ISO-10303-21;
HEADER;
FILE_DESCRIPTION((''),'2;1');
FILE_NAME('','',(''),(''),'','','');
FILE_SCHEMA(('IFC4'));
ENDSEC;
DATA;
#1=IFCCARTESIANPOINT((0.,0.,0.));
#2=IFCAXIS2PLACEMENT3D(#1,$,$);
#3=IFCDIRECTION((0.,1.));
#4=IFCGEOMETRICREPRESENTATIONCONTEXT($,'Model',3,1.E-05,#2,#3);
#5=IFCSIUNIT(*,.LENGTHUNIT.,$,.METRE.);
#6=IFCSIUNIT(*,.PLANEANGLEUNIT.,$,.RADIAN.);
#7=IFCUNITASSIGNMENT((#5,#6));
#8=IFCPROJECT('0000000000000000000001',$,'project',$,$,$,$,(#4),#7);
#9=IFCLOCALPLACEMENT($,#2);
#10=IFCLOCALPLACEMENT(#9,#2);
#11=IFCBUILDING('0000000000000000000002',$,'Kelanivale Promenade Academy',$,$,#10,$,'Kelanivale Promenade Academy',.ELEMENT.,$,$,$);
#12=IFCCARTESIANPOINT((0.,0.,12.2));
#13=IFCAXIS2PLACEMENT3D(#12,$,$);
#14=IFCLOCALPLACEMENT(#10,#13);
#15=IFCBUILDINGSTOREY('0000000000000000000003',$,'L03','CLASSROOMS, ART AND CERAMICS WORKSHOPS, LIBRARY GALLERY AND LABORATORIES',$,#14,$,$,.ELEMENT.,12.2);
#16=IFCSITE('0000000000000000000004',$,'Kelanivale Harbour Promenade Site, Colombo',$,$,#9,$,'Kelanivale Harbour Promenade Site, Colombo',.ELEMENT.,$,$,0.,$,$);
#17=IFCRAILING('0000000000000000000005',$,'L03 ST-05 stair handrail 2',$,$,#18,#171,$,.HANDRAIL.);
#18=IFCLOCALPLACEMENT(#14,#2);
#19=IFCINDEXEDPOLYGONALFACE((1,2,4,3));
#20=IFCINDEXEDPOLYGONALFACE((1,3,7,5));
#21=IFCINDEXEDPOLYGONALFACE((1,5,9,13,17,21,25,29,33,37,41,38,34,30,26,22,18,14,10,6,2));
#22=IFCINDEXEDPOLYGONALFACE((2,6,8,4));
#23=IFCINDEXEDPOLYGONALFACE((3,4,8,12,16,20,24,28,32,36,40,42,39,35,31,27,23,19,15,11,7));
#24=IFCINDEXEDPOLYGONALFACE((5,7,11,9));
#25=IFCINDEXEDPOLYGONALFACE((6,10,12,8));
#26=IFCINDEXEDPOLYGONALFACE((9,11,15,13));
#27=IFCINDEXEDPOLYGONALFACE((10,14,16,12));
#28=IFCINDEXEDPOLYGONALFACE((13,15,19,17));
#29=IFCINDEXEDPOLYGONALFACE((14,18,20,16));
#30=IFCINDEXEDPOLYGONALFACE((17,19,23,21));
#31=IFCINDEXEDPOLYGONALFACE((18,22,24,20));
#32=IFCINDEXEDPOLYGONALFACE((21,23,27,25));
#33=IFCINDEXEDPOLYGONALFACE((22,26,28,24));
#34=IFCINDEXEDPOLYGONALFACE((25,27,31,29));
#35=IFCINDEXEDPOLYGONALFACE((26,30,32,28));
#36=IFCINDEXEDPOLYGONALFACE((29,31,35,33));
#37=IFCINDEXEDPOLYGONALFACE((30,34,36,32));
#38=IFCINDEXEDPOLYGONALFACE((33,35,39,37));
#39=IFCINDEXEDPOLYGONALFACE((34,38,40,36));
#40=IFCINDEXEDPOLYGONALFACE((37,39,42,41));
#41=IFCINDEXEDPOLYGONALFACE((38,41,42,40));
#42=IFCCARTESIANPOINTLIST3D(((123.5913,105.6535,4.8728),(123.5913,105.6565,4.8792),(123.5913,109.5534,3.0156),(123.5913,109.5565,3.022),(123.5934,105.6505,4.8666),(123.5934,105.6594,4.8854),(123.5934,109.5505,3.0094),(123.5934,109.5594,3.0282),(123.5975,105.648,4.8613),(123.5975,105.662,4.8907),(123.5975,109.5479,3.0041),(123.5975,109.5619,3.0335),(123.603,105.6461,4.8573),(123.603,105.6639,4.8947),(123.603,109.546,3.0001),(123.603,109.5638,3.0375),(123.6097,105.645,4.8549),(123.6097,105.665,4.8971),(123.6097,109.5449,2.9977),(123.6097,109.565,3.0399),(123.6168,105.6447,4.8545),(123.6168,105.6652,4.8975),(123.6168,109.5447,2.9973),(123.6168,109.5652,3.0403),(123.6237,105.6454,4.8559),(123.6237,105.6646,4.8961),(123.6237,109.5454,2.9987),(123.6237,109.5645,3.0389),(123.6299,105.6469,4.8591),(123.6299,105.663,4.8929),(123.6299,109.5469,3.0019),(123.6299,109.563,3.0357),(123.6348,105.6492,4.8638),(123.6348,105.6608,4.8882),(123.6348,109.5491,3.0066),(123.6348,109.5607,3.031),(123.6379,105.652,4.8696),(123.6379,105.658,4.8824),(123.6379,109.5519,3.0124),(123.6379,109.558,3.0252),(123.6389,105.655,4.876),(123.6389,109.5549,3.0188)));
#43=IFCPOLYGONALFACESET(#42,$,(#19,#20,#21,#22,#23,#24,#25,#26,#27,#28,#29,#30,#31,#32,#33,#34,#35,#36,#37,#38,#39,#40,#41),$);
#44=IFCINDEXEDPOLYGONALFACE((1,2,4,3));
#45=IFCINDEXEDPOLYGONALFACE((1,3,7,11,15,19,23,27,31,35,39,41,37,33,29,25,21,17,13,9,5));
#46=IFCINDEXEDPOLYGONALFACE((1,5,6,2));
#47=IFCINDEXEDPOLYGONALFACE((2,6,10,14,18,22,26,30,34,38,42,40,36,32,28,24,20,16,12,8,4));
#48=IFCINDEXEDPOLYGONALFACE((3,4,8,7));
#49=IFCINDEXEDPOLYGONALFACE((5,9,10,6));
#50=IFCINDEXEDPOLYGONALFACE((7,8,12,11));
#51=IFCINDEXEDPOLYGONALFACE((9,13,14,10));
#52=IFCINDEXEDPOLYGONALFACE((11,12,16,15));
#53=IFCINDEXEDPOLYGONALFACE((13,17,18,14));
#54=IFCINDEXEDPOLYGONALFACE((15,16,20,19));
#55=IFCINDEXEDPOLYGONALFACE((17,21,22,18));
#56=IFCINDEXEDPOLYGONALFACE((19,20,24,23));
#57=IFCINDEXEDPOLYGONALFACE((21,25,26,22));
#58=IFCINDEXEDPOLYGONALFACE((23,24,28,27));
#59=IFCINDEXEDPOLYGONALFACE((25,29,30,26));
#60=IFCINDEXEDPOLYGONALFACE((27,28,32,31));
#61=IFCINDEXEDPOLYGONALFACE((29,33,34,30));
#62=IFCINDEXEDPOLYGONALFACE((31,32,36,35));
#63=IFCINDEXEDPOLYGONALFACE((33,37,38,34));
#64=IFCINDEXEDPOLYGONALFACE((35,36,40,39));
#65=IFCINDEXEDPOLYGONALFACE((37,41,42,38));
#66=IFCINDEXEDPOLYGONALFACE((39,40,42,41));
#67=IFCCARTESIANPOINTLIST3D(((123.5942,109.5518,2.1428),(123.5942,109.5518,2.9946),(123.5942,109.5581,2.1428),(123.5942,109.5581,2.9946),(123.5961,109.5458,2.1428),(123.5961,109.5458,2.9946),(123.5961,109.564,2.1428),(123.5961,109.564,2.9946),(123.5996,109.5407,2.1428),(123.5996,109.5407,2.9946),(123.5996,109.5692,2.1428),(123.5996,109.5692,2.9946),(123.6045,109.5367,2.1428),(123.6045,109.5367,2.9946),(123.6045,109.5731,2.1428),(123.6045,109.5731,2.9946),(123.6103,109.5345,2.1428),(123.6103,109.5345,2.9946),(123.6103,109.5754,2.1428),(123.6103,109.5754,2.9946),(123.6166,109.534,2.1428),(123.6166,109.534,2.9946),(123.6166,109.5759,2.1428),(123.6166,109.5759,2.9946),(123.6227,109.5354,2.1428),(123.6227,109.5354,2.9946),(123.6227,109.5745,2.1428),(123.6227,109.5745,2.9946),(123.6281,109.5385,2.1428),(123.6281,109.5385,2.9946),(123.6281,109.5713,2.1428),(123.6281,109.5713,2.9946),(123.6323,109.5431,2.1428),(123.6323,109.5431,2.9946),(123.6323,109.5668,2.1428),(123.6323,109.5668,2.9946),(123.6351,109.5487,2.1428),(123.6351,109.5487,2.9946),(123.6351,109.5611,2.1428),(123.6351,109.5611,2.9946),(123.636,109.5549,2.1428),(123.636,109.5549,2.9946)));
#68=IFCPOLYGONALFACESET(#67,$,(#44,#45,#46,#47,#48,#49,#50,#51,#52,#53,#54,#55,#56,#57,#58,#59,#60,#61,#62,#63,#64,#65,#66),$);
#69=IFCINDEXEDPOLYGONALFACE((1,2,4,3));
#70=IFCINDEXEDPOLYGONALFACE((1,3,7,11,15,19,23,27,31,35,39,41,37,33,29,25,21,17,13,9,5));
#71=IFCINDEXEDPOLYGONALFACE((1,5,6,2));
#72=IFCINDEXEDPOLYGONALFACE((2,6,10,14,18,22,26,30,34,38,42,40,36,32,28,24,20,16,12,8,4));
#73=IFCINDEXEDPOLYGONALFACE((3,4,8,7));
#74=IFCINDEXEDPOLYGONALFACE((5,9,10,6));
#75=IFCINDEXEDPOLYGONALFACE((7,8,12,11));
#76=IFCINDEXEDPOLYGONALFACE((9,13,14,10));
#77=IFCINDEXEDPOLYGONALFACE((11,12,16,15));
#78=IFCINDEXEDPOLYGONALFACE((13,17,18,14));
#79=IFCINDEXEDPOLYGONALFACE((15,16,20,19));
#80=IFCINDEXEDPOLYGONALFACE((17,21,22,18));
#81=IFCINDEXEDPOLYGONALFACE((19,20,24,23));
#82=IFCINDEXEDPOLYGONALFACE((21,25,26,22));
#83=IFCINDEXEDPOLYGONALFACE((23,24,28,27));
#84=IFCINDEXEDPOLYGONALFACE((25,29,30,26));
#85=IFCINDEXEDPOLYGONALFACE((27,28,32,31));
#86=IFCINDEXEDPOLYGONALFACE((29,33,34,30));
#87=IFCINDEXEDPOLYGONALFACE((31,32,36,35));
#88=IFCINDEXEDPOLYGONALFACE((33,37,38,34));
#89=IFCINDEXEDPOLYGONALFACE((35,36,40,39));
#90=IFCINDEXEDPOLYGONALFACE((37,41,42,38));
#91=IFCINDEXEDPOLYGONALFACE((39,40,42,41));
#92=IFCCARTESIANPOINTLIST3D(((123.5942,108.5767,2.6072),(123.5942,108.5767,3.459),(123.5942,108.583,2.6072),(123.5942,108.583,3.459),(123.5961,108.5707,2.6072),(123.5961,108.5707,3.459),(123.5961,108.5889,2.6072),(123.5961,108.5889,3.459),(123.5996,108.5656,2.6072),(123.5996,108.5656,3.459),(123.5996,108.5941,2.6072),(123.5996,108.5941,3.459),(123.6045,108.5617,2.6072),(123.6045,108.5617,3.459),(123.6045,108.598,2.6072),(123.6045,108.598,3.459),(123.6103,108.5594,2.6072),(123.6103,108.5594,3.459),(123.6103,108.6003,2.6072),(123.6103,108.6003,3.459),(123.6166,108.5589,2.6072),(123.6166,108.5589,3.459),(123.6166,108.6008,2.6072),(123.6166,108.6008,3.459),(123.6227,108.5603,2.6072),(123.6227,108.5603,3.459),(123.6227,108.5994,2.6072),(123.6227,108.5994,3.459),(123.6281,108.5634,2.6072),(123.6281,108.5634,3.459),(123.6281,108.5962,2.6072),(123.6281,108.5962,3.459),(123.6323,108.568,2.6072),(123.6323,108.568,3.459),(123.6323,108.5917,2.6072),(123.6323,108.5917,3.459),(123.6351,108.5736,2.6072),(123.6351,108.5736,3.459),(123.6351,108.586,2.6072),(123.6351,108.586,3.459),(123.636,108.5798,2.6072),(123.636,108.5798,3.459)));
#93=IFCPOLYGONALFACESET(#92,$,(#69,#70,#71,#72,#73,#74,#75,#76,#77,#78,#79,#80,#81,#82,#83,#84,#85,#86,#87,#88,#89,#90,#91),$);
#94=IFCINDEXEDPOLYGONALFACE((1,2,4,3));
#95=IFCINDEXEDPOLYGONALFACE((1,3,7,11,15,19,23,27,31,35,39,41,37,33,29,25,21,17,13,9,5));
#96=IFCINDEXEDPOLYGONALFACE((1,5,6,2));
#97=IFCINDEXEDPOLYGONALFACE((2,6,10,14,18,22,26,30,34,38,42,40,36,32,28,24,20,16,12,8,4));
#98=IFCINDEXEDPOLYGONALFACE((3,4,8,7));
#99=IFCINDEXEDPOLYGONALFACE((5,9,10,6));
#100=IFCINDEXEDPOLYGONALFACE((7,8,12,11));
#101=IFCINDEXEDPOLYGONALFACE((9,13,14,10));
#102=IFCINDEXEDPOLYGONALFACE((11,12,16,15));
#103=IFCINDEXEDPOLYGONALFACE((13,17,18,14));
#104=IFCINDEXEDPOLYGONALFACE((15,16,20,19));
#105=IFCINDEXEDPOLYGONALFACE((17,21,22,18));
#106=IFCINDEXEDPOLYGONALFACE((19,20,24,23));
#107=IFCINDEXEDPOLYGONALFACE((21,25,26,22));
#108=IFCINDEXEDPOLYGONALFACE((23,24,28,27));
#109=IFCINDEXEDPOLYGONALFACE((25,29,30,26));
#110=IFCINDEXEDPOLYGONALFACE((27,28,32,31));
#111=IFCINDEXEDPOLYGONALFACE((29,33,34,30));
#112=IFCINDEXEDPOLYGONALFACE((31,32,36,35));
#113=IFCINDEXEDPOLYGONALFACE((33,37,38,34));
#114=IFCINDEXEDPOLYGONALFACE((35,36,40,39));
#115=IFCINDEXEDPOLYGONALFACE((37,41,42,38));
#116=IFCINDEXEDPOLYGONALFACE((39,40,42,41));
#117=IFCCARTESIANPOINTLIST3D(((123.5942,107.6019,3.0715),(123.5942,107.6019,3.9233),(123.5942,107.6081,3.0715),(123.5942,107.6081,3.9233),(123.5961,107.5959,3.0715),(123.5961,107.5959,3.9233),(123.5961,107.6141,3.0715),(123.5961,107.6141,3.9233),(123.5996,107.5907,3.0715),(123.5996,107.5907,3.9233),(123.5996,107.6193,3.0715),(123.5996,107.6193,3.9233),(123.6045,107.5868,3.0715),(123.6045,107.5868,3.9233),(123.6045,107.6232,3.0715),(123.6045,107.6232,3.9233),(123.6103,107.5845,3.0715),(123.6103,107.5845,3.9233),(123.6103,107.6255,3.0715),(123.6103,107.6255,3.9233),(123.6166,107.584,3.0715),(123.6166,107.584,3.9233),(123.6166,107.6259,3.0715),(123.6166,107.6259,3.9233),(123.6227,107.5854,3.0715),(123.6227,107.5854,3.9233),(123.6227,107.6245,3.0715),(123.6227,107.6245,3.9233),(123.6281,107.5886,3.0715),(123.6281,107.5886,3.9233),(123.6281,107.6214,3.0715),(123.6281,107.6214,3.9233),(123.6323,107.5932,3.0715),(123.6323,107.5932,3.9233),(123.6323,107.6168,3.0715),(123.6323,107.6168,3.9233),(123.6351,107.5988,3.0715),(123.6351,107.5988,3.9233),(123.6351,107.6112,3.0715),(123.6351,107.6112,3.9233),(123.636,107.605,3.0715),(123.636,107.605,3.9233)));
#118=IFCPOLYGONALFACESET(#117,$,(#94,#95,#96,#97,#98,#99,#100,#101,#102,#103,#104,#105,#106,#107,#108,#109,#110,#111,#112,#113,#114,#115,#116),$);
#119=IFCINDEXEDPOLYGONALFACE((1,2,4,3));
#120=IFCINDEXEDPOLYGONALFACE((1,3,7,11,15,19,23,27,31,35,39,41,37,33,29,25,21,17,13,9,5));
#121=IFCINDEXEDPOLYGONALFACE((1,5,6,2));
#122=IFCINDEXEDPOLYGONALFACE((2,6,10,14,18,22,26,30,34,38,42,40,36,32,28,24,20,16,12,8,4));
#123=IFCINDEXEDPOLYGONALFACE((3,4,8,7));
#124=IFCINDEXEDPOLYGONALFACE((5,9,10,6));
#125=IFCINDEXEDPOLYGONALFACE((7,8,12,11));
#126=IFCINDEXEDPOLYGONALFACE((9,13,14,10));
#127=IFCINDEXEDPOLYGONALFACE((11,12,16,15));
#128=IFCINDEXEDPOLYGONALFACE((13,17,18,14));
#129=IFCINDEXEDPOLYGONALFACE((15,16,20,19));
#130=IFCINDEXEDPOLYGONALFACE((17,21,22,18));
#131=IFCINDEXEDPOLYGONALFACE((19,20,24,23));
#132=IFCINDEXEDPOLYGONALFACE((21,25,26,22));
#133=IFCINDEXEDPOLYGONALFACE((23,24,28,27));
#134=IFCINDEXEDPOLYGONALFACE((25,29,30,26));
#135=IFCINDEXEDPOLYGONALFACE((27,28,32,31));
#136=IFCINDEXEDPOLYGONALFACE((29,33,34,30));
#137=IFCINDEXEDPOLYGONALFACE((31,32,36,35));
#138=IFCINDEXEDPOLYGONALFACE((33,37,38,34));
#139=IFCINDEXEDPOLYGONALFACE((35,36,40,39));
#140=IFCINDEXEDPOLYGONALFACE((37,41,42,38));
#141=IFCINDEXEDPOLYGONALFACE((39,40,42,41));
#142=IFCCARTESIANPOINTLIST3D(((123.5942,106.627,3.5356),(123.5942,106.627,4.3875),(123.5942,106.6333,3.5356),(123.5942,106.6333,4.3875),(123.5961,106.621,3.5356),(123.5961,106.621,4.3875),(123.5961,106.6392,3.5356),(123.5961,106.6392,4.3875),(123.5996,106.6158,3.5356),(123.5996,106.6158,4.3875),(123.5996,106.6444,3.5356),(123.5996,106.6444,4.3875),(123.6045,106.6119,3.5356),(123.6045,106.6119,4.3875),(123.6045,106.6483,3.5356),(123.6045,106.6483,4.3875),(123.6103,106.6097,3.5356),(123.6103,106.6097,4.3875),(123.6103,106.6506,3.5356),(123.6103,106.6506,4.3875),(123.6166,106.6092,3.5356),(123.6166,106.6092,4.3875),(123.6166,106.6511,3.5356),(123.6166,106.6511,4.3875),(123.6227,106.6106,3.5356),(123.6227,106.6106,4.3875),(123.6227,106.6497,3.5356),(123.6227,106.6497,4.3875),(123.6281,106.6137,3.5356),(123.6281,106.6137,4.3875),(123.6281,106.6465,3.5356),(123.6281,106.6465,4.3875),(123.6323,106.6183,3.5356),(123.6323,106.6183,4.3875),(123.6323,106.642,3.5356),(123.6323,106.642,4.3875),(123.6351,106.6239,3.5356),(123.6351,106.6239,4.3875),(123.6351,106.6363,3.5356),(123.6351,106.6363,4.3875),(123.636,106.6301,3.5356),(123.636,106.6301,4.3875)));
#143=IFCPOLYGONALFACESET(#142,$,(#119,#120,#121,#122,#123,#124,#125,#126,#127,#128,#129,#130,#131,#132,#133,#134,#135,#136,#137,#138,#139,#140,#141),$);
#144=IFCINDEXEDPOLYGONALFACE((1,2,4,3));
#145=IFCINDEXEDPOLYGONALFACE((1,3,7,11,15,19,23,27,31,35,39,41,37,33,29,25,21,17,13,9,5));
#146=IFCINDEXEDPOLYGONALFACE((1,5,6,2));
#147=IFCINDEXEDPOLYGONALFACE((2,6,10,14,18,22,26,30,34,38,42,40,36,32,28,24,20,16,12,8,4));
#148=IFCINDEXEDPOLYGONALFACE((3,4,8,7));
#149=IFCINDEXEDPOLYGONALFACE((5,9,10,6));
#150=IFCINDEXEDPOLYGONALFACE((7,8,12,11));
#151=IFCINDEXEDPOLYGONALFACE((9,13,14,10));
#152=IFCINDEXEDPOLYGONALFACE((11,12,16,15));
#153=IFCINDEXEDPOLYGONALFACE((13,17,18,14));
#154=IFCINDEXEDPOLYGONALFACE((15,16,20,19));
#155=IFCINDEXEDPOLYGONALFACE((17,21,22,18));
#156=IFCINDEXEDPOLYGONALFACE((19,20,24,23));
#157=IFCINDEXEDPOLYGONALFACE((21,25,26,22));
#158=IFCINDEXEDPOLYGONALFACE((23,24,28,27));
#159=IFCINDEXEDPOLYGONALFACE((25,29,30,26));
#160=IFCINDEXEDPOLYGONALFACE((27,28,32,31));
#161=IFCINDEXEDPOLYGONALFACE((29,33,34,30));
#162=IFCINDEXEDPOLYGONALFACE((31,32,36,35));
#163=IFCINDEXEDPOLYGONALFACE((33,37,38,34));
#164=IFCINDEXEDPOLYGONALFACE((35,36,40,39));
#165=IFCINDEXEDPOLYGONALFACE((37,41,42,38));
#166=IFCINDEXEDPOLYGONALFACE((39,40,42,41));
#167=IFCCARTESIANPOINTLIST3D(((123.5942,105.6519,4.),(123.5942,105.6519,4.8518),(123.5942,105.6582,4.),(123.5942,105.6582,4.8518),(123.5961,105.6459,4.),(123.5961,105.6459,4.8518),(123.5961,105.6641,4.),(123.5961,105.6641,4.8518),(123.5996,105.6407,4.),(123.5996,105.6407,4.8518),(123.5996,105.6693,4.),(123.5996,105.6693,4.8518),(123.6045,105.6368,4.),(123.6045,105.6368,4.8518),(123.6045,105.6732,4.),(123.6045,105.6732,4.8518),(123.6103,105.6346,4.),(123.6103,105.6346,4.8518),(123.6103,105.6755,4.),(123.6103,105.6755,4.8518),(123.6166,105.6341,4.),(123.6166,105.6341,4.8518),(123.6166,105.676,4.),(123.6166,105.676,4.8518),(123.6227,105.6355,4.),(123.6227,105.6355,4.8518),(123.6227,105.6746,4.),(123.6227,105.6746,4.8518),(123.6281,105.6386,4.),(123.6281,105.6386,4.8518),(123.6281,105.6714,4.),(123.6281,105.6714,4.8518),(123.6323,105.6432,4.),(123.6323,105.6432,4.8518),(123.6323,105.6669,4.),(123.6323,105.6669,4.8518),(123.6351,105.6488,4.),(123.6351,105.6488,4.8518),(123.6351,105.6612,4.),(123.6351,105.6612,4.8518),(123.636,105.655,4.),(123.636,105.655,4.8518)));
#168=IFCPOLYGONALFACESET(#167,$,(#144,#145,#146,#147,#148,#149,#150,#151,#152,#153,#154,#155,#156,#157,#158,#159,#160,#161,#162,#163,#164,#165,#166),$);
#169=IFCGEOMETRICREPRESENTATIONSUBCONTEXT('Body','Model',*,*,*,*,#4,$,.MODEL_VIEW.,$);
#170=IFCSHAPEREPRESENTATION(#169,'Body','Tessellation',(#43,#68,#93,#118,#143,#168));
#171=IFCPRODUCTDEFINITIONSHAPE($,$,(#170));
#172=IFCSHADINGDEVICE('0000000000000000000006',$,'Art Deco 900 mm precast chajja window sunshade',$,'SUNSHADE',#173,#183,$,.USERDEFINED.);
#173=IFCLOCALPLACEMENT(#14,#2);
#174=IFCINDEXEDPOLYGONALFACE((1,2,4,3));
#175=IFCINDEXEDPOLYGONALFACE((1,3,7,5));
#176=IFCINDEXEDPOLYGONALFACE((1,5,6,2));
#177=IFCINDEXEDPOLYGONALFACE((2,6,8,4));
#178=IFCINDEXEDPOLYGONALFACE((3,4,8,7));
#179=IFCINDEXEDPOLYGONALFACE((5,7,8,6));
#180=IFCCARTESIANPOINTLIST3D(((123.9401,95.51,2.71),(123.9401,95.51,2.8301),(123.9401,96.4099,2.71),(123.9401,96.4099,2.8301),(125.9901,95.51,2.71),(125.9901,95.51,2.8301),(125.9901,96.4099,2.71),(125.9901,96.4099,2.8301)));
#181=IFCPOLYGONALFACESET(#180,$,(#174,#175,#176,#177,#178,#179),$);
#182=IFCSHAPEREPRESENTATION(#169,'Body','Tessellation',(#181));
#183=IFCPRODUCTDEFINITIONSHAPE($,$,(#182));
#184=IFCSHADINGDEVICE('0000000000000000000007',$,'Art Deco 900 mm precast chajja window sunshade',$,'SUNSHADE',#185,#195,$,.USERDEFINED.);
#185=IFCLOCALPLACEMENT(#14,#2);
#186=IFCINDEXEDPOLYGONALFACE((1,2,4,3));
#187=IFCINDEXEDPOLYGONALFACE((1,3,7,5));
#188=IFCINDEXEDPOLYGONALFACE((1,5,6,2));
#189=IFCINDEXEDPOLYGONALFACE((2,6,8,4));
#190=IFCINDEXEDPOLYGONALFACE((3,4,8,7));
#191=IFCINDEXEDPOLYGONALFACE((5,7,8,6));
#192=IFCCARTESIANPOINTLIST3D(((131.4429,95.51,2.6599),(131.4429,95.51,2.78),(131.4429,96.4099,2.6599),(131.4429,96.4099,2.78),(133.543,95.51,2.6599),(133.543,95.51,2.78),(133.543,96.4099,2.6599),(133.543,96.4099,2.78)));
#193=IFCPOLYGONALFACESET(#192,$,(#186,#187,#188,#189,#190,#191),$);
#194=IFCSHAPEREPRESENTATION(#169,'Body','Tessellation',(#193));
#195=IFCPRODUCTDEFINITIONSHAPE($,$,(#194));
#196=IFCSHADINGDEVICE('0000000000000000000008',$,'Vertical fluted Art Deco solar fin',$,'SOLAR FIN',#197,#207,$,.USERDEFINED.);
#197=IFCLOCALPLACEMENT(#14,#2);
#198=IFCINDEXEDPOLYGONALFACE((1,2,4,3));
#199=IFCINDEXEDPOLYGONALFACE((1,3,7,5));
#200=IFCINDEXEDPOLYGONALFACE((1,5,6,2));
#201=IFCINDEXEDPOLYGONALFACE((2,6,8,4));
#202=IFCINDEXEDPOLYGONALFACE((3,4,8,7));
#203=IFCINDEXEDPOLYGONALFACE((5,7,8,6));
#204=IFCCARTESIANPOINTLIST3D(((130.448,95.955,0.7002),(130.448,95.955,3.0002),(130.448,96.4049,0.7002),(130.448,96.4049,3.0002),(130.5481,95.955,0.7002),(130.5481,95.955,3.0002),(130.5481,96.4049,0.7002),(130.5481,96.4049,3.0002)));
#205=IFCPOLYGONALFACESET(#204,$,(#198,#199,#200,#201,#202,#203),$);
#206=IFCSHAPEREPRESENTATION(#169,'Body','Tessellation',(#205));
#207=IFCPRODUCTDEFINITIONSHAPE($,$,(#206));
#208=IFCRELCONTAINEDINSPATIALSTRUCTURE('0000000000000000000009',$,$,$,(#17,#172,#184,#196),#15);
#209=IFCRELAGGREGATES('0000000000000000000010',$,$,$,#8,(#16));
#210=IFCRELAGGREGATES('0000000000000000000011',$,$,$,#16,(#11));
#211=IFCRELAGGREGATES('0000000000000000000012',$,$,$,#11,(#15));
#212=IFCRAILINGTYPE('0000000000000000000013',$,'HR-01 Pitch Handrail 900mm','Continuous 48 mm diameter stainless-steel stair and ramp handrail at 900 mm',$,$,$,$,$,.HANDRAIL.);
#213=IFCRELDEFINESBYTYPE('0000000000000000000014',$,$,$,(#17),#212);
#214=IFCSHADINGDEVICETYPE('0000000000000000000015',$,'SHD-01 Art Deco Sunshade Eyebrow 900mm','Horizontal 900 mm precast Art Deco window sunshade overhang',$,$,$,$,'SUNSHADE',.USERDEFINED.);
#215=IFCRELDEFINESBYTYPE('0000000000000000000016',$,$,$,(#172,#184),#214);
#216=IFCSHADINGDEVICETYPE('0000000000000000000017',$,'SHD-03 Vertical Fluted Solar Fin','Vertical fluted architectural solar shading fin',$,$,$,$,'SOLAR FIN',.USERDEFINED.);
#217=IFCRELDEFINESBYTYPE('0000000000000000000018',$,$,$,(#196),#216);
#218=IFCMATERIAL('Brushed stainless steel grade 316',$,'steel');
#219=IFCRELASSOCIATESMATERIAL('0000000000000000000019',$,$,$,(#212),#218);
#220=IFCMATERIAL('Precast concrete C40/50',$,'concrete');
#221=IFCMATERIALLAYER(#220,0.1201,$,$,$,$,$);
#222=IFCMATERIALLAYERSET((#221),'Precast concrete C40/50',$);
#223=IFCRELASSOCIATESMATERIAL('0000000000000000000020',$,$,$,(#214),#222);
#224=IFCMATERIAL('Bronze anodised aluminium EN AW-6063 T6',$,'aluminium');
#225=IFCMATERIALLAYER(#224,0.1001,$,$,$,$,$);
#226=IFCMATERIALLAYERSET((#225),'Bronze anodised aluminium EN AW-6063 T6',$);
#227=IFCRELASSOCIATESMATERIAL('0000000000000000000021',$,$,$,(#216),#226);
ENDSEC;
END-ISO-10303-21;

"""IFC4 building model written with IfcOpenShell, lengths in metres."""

from ifc_helpers import new_model, si_unit, direction, frame, origin, origin_2d, place, context, subcontext, project, spatial, rectangle, circle, extrude, material, layer, layer_set, type_object, element, save


model = new_model("IFC4")

# Units and contexts
model_context = context("Model", 3, precision=1e-05, world=origin(), true_north=direction((0.0, 1.0)))
body_context = subcontext(model_context, "Body", "Model", "MODEL_VIEW")
ifc_project = project(units=[si_unit("LENGTHUNIT", "METRE"), si_unit("PLANEANGLEUNIT", "RADIAN")], contexts=[model_context])

# Site, building, storey
site_placement = place(None, origin())
site = spatial("IfcSite", under=ifc_project, at=site_placement, Name="Kelanivale Harbour Promenade Site, Colombo", LongName="Kelanivale Harbour Promenade Site, Colombo", CompositionType="ELEMENT", RefElevation=0.0)
building_placement = place(site_placement, origin())
building = spatial("IfcBuilding", under=site, at=building_placement, Name="Kelanivale Promenade Academy", LongName="Kelanivale Promenade Academy", CompositionType="ELEMENT")
storey_placement = place(building_placement, frame((0.0, 0.0, 12.2)))
storey = spatial("IfcBuildingStorey", under=building, at=storey_placement, Name="L03", Description="CLASSROOMS, ART AND CERAMICS WORKSHOPS, LIBRARY GALLERY AND LABORATORIES", CompositionType="ELEMENT", Elevation=12.2)

# Railing
ifc_material_1 = material(Name="Brushed stainless steel grade 316", Category="steel")
railing_type_1 = type_object("IfcRailingType", Name="HR-01 Pitch Handrail 900mm", Description="Continuous 48 mm diameter stainless-steel stair and ramp handrail at 900 mm", PredefinedType="HANDRAIL", material=ifc_material_1)
railing_1_placement = place(storey_placement, frame((123.615, 109.5549, 2.1428)))
element("IfcRailing", 1, at=railing_1_placement, inside=storey, type_object=railing_type_1, Name="L03 ST-05 stair handrail 2", PredefinedType="HANDRAIL", context=body_context, shape_type="SweptSolid", body=[
    extrude(circle(Radius=0.0239, at=origin_2d()), frame((0.0, 0.0, 0.876), z_axis=(0.0, -0.902853, 0.429949), x_axis=(1.0, 0.0, 0.0)), (0.0, 0.0, 1.0), 4.3196),
    extrude(circle(Radius=0.021, at=origin_2d()), origin(), (0.0, 0.0, 1.0), 0.8518),
    extrude(circle(Radius=0.021, at=origin_2d()), frame((0.0, -0.9751, 0.4644)), (0.0, 0.0, 1.0), 0.8518),
    extrude(circle(Radius=0.021, at=origin_2d()), frame((0.0, -1.95, 0.9287)), (0.0, 0.0, 1.0), 0.8518),
    extrude(circle(Radius=0.021, at=origin_2d()), frame((0.0, -2.9248, 1.3928)), (0.0, 0.0, 1.0), 0.8518),
    extrude(circle(Radius=0.021, at=origin_2d()), frame((0.0, -3.8999, 1.8572)), (0.0, 0.0, 1.0), 0.8518),
])

# Shading devices
ifc_material_2 = material(Name="Precast concrete C40/50", Category="concrete")
ifc_layer_1 = layer(ifc_material_2, 0.1201)
ifc_layer_set_1 = layer_set([ifc_layer_1], Name="Precast concrete C40/50")
shading_device_type_1 = type_object("IfcShadingDeviceType", Name="SHD-01 Art Deco Sunshade Eyebrow 900mm", Description="Horizontal 900 mm precast Art Deco window sunshade overhang", ElementType="SUNSHADE", PredefinedType="USERDEFINED", material=ifc_layer_set_1)
shading_device_1_placement = place(storey_placement, frame((124.9651, 95.96, 2.71), z_axis=(0.0, 0.0, 1.0), x_axis=(1.0, 0.0, 0.0)))
element("IfcShadingDevice", 2, at=shading_device_1_placement, inside=storey, type_object=shading_device_type_1, Name="Art Deco 900 mm precast chajja window sunshade", ObjectType="SUNSHADE", PredefinedType="USERDEFINED", context=body_context, shape_type="SweptSolid", body=[
    extrude(rectangle(XDim=2.05, YDim=0.8999, at=origin_2d()), origin(), (0.0, 0.0, 1.0), 0.1201),
])
shading_device_2_placement = place(storey_placement, frame((132.4929, 95.96, 2.6599), z_axis=(0.0, 0.0, 1.0), x_axis=(1.0, 0.0, 0.0)))
element("IfcShadingDevice", 3, at=shading_device_2_placement, inside=storey, type_object=shading_device_type_1, Name="Art Deco 900 mm precast chajja window sunshade", ObjectType="SUNSHADE", PredefinedType="USERDEFINED", context=body_context, shape_type="SweptSolid", body=[
    extrude(rectangle(XDim=2.1001, YDim=0.8999, at=origin_2d()), origin(), (0.0, 0.0, 1.0), 0.1201),
])
ifc_material_3 = material(Name="Bronze anodised aluminium EN AW-6063 T6", Category="aluminium")
ifc_layer_2 = layer(ifc_material_3, 0.1001)
ifc_layer_set_2 = layer_set([ifc_layer_2], Name="Bronze anodised aluminium EN AW-6063 T6")
shading_device_type_2 = type_object("IfcShadingDeviceType", Name="SHD-03 Vertical Fluted Solar Fin", Description="Vertical fluted architectural solar shading fin", ElementType="SOLAR FIN", PredefinedType="USERDEFINED", material=ifc_layer_set_2)
for number, where, z_axis, x_axis, name in (
    (4, (130.498, 96.1799, 0.7002), (0.0, 0.0, 1.0), (1.0, 0.0, 0.0), "Vertical fluted Art Deco solar fin"),
):
    element("IfcShadingDevice", number, at=place(storey_placement, frame(where, z_axis=z_axis, x_axis=x_axis)), inside=storey, type_object=shading_device_type_2, Name=name, ObjectType="SOLAR FIN", PredefinedType="USERDEFINED", context=body_context, shape_type="SweptSolid", body=[
        extrude(rectangle(XDim=0.1001, YDim=0.45, at=origin_2d()), origin(), (0.0, 0.0, 1.0), 2.3),
    ])

save(model, "model.ifc")
